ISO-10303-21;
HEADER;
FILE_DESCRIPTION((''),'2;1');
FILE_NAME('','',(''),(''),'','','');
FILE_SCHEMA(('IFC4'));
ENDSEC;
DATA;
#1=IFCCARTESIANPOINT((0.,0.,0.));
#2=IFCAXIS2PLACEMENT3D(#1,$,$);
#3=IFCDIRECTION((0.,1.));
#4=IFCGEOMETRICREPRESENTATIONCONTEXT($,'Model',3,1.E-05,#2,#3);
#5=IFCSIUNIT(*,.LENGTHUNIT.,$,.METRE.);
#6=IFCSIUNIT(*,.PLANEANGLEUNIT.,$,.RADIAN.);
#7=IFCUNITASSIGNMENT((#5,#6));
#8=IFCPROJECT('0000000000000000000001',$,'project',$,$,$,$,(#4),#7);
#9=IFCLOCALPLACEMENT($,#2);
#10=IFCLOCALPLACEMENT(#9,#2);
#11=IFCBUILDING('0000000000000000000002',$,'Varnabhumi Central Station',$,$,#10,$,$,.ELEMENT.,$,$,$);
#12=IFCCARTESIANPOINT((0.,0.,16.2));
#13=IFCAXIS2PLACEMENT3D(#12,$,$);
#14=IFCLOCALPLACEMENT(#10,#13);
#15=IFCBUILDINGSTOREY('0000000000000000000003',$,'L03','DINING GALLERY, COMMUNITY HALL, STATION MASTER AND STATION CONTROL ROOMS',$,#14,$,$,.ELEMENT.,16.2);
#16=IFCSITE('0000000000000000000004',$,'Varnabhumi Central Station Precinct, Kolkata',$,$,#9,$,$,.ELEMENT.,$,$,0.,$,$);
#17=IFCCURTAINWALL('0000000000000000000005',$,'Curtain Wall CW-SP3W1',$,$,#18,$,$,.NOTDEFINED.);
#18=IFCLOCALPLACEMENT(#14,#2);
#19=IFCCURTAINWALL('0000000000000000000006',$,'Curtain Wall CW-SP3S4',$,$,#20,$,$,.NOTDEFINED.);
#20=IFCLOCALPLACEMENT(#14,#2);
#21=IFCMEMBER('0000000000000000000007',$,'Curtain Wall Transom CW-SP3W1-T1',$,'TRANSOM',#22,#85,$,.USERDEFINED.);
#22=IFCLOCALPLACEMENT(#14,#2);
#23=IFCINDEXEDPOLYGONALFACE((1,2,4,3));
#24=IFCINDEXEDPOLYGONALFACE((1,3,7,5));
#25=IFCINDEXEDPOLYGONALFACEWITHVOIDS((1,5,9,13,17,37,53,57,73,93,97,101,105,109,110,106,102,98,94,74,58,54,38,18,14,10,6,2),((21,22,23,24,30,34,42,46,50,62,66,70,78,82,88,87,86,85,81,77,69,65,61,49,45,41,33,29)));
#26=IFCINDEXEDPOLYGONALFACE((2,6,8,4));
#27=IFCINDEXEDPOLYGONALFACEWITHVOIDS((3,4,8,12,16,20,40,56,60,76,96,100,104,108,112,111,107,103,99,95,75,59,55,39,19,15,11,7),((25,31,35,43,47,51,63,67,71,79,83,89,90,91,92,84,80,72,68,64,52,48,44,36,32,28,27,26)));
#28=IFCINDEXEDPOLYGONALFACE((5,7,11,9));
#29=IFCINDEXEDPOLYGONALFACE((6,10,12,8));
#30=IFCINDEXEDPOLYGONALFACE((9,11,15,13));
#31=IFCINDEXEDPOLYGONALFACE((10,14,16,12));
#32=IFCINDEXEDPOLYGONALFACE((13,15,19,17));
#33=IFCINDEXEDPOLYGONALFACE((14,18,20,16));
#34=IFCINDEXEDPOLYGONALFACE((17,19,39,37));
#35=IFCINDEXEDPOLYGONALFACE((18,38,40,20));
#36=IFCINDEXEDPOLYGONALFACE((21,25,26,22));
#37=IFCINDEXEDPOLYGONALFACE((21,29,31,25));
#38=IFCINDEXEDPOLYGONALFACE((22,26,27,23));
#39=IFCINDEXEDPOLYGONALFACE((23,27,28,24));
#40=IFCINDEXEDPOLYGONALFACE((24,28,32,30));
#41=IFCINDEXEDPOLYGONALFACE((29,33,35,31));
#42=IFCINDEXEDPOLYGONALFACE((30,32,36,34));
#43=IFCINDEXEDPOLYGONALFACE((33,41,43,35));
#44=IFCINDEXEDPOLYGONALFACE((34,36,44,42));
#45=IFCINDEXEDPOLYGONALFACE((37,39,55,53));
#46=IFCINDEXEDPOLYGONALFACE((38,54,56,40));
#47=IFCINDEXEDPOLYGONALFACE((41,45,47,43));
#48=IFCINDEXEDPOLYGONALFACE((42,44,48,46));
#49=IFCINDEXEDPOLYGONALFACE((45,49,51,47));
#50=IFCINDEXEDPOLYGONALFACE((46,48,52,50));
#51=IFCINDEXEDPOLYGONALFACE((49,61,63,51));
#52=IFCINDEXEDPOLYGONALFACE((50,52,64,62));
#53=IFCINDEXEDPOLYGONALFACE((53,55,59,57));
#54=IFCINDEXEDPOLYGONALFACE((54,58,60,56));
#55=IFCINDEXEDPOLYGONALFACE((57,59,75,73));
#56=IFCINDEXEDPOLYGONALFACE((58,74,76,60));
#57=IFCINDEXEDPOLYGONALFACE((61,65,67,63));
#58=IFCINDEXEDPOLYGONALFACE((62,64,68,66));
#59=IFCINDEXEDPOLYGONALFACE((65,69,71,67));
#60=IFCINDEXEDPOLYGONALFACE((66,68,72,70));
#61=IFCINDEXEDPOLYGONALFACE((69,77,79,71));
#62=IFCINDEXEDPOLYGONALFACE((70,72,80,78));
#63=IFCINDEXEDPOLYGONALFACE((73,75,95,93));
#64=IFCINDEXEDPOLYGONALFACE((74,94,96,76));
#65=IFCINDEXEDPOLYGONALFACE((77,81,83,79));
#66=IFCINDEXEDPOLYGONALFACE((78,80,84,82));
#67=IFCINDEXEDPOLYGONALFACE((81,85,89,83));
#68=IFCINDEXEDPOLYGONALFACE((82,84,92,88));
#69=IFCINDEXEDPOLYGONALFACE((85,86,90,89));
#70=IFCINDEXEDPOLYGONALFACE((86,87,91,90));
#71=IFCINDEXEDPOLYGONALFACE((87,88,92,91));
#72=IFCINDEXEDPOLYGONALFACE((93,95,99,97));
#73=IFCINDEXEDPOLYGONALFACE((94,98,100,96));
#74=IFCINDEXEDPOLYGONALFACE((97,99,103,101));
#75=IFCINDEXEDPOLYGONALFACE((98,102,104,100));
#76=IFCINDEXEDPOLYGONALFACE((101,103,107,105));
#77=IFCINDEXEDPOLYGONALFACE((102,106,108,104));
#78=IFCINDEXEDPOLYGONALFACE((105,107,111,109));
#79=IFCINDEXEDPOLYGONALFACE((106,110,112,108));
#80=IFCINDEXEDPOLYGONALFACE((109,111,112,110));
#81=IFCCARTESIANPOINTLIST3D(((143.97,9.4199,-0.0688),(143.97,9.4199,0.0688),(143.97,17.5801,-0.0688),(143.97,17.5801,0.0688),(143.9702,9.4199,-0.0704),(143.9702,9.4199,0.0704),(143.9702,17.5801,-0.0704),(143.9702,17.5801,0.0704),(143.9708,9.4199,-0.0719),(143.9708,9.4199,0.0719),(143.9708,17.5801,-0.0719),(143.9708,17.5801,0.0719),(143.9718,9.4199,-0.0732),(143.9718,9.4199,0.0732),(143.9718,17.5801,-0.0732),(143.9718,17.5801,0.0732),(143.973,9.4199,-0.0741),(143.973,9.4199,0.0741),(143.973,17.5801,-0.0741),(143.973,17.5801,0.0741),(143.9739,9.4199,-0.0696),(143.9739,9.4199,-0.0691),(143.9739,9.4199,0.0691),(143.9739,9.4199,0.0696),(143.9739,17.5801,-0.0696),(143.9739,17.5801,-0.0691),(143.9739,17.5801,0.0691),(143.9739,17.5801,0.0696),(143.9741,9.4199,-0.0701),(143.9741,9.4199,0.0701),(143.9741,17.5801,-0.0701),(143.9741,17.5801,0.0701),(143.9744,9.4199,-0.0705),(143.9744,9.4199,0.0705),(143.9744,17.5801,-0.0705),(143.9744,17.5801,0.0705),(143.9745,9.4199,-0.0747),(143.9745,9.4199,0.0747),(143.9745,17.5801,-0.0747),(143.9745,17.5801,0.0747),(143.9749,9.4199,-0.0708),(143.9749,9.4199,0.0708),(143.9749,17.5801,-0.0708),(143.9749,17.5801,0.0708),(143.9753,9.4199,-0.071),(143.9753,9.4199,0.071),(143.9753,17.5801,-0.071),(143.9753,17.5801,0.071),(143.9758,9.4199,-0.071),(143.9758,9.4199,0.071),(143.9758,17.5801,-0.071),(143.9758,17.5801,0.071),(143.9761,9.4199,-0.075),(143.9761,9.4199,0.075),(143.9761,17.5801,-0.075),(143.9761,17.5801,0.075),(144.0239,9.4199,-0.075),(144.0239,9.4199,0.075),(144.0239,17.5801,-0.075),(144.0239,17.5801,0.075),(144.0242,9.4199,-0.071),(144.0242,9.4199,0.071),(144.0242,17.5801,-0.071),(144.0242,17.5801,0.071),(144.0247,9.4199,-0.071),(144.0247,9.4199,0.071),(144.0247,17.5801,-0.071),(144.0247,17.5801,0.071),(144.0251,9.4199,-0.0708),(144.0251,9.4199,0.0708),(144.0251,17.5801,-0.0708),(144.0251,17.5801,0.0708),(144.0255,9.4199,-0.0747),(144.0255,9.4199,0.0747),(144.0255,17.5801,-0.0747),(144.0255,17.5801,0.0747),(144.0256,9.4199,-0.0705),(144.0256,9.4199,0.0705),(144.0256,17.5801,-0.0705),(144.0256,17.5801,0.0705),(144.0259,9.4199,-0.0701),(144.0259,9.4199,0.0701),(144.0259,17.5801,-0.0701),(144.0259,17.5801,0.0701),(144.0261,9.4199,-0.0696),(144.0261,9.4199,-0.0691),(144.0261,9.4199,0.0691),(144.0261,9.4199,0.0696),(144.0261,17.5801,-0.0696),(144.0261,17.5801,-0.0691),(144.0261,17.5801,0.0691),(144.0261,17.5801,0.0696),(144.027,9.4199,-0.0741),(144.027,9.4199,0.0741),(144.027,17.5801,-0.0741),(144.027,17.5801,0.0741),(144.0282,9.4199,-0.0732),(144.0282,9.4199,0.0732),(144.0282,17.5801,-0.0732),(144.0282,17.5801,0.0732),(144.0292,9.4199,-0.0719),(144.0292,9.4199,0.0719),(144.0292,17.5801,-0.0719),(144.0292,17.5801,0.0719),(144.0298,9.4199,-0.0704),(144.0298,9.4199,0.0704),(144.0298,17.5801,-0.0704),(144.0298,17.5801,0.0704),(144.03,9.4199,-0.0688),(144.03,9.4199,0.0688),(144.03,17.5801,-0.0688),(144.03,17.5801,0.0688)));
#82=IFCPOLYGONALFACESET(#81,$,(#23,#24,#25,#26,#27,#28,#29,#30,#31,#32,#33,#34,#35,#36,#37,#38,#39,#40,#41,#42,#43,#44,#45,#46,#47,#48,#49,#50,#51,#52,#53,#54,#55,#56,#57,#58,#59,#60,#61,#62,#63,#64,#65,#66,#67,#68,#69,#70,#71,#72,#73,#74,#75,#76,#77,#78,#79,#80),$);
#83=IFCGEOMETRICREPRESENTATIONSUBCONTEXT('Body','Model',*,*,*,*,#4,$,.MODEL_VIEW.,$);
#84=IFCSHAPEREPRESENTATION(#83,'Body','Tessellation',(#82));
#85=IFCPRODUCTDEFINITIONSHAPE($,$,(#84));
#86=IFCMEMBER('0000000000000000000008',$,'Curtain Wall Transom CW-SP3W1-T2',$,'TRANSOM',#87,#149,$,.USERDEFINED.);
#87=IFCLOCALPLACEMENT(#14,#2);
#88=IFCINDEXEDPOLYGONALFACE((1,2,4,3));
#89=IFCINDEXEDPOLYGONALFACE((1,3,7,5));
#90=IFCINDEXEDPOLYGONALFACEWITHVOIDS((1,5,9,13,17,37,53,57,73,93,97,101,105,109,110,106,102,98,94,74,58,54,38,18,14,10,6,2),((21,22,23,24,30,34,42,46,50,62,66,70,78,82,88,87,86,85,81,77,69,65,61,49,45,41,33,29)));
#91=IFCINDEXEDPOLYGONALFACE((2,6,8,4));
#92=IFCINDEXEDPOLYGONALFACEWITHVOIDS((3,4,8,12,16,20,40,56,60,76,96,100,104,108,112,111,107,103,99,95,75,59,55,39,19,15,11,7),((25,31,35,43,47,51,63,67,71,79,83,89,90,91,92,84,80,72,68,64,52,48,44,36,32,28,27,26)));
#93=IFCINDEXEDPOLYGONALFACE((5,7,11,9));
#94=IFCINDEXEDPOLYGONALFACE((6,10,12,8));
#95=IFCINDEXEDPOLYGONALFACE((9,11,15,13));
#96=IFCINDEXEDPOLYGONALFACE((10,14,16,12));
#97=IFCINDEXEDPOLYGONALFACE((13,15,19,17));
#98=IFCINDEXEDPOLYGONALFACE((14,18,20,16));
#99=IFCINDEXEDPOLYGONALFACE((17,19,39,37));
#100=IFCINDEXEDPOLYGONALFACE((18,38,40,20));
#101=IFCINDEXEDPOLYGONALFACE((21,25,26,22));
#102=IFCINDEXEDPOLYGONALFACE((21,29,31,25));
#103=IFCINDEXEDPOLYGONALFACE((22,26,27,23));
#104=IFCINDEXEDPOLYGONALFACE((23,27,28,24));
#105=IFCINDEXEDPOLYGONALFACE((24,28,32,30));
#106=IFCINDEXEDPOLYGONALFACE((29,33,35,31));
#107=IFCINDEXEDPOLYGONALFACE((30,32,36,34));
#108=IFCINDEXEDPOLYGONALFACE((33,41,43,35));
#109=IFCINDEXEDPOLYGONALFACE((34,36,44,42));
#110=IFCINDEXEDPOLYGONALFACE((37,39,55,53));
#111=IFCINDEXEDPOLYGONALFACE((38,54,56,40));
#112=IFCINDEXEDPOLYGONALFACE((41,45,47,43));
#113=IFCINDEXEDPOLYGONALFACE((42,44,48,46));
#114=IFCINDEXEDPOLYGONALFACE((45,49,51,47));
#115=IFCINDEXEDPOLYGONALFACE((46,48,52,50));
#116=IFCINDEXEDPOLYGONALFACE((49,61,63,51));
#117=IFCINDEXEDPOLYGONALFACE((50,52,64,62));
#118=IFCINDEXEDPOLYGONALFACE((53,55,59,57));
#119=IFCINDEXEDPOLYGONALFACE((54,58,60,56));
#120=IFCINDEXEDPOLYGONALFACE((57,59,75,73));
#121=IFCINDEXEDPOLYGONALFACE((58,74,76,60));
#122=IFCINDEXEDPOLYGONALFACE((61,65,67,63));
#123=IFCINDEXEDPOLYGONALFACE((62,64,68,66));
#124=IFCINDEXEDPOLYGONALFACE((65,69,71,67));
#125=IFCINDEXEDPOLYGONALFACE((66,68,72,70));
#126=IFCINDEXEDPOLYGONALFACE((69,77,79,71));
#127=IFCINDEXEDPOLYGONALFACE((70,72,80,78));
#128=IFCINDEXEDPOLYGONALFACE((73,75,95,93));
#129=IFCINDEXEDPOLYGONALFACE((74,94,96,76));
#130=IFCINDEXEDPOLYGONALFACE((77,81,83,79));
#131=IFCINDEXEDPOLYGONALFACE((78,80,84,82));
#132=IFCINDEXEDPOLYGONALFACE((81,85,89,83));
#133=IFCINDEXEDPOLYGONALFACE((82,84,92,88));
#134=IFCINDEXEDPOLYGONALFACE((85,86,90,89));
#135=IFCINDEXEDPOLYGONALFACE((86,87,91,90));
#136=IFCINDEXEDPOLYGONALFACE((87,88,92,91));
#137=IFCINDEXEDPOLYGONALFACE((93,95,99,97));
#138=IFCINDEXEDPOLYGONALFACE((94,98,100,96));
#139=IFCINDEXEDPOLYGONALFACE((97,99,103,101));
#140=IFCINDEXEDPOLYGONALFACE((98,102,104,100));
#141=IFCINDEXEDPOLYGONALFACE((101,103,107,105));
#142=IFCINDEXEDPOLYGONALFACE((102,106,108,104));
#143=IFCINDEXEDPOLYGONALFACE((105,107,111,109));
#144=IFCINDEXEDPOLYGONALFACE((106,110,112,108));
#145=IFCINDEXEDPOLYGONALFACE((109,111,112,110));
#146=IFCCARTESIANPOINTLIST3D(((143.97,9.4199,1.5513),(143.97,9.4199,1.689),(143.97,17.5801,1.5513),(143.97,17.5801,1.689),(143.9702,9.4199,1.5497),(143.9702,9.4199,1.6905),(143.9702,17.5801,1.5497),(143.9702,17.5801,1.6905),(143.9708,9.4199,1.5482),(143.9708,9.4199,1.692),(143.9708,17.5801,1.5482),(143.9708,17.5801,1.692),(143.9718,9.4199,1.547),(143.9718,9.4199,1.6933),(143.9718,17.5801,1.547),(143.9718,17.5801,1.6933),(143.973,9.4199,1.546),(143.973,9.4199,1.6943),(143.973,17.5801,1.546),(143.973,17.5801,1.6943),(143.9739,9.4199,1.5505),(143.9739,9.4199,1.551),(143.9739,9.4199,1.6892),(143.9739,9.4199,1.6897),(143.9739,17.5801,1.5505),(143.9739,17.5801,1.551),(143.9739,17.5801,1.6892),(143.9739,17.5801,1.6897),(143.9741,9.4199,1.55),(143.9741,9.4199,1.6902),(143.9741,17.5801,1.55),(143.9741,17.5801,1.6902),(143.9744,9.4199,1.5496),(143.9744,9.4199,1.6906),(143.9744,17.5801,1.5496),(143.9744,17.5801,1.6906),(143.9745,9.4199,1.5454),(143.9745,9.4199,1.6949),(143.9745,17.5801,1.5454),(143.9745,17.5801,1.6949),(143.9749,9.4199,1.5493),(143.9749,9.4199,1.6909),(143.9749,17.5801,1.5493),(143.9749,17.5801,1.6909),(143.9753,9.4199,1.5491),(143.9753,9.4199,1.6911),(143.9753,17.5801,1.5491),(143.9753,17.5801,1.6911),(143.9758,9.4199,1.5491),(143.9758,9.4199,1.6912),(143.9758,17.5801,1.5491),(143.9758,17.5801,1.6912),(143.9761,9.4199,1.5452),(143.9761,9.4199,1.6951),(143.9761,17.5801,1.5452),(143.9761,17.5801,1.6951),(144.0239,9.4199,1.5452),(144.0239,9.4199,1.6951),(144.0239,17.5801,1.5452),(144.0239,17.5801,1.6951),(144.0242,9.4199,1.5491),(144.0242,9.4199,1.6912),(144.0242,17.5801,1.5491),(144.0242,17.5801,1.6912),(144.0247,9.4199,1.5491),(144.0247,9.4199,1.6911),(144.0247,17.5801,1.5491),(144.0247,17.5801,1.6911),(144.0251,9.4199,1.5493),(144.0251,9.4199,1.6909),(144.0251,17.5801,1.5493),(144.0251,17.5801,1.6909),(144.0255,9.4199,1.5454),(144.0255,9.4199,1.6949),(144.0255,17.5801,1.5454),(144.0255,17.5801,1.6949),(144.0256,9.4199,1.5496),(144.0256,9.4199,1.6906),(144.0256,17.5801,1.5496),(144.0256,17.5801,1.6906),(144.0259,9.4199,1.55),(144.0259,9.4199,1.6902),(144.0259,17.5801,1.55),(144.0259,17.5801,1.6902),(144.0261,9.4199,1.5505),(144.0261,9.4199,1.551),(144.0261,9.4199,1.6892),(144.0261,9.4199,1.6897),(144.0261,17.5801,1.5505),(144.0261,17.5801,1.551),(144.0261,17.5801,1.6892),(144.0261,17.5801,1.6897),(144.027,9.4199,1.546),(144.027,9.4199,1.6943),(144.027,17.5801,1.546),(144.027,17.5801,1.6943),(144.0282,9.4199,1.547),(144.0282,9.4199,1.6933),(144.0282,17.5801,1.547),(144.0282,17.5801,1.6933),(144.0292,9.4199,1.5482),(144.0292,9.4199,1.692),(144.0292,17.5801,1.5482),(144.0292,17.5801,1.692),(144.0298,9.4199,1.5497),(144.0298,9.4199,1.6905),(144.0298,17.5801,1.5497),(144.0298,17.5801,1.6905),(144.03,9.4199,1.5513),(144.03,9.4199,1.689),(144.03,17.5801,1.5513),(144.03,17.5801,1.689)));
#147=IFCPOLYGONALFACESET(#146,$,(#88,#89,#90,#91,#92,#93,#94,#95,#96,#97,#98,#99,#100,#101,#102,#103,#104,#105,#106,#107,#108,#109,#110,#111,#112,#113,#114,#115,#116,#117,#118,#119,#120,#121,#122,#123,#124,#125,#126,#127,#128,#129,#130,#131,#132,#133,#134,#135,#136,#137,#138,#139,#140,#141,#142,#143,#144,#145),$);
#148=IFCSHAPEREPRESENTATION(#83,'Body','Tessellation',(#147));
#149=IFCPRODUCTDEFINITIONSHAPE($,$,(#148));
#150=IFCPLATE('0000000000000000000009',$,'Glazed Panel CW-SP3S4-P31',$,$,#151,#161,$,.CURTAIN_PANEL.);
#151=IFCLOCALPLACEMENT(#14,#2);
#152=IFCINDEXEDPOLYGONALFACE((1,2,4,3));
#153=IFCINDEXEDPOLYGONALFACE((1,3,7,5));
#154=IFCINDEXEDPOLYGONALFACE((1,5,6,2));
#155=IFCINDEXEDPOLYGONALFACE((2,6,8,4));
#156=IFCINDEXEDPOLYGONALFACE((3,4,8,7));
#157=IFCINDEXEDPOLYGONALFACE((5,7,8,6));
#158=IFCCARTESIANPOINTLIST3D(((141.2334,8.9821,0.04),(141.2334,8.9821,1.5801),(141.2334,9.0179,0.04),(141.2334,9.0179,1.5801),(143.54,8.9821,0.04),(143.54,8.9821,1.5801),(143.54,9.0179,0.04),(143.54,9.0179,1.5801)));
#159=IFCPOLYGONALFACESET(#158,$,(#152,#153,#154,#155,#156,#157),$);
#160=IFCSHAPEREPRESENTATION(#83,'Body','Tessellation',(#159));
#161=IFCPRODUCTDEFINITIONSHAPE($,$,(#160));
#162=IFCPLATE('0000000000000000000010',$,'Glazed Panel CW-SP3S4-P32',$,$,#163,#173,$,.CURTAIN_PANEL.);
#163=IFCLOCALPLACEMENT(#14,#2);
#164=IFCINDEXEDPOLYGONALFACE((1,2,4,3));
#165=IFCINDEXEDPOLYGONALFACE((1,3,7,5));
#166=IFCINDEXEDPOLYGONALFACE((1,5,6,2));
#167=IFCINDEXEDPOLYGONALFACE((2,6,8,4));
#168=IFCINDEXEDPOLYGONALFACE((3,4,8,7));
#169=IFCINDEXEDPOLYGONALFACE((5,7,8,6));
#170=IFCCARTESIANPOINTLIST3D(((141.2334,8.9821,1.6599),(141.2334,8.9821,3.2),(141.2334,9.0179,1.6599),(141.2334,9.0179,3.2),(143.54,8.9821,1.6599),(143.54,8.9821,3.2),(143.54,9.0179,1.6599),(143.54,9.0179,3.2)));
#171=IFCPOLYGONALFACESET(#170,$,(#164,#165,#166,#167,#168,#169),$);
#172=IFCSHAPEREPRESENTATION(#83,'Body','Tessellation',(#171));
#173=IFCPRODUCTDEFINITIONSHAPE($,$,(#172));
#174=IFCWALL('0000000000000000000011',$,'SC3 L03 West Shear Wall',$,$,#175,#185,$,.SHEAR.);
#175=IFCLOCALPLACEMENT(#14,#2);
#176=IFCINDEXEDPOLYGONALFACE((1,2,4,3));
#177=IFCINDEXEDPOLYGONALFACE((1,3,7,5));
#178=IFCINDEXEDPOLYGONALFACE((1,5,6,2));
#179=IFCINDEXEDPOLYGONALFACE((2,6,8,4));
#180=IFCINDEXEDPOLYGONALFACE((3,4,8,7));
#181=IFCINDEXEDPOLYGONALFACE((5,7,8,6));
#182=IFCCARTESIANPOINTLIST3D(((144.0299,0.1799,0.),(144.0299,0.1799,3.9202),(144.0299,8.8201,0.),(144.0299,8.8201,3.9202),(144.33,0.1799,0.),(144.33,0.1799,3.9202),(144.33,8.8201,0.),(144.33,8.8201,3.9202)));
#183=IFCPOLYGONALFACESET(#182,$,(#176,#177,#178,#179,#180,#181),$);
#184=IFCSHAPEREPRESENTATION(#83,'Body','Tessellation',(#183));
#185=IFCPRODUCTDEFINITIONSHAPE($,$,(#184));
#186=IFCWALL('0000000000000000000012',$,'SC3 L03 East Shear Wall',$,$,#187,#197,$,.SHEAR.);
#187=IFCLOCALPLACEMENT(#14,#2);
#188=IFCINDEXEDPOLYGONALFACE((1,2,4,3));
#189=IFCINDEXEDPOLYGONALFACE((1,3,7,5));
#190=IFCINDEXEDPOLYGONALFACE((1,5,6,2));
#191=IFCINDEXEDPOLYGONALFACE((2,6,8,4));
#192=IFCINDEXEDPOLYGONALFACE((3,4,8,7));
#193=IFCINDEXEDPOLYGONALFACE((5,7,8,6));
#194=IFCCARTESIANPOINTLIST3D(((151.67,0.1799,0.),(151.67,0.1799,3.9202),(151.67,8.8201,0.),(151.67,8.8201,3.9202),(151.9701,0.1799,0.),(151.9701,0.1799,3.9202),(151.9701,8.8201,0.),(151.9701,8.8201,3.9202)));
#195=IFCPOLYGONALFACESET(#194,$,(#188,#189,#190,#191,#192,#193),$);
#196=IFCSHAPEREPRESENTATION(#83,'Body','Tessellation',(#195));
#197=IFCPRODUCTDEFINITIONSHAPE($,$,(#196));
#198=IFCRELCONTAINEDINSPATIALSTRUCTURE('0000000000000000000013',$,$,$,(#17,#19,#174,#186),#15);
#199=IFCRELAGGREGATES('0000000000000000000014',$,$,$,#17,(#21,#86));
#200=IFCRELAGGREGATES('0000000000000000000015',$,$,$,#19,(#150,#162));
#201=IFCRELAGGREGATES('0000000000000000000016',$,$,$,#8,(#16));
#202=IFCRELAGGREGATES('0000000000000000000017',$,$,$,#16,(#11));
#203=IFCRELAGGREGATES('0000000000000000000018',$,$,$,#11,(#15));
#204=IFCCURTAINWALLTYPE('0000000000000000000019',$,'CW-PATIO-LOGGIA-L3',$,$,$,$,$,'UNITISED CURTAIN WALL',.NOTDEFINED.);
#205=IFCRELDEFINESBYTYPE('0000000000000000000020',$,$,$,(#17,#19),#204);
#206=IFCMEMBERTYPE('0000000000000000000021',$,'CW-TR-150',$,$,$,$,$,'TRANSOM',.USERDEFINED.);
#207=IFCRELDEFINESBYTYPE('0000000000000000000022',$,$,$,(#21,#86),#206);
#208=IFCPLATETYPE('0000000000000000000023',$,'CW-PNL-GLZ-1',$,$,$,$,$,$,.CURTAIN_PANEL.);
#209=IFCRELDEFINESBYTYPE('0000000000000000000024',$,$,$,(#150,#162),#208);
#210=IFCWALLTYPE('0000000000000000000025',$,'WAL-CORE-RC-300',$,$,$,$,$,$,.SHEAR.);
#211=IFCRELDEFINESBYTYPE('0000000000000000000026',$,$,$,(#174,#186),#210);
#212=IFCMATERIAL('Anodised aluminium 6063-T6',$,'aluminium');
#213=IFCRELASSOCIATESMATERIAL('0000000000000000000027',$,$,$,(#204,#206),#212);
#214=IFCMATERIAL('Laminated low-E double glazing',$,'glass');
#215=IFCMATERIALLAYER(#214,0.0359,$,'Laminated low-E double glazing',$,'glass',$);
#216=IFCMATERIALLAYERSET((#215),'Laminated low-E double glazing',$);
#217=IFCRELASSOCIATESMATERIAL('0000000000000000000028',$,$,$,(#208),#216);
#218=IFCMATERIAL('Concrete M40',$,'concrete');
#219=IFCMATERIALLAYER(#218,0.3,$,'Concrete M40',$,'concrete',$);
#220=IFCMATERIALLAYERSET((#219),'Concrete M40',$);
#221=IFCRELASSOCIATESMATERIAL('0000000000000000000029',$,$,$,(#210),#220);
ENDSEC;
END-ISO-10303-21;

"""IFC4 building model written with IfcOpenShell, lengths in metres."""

from ifc_helpers import new_model, si_unit, direction, frame, frame_2d, origin, origin_2d, place, context, subcontext, project, spatial, rectangle, hollow_rectangle, extrude, material, layer, layer_set, material_profile, profile_set, type_object, element, aggregate, save


model = new_model("IFC4")

# Units and contexts
model_context = context("Model", 3, precision=1e-05, world=origin(), true_north=direction((0.0, 1.0)))
body_context = subcontext(model_context, "Body", "Model", "MODEL_VIEW")
ifc_project = project(units=[si_unit("LENGTHUNIT", "METRE"), si_unit("PLANEANGLEUNIT", "RADIAN")], contexts=[model_context])

# Site, building, storey
site_placement = place(None, origin())
site = spatial("IfcSite", under=ifc_project, at=site_placement, Name="Varnabhumi Central Station Precinct, Kolkata", CompositionType="ELEMENT", RefElevation=0.0)
building_placement = place(site_placement, origin())
building = spatial("IfcBuilding", under=site, at=building_placement, Name="Varnabhumi Central Station", CompositionType="ELEMENT")
storey_placement = place(building_placement, frame((0.0, 0.0, 16.2)))
storey = spatial("IfcBuildingStorey", under=building, at=storey_placement, Name="L03", Description="DINING GALLERY, COMMUNITY HALL, STATION MASTER AND STATION CONTROL ROOMS", CompositionType="ELEMENT", Elevation=16.2)

# Shared definitions
ifc_material_1 = material(Name="Concrete M40", Category="concrete")

# Curtain wall
ifc_material_2 = material(Name="Anodised aluminium 6063-T6", Category="aluminium")
curtain_wall_type = type_object("IfcCurtainWallType", Name="CW-PATIO-LOGGIA-L3", ElementType="UNITISED CURTAIN WALL", PredefinedType="NOTDEFINED", material=ifc_material_2)
curtain_wall_1_placement = place(storey_placement, origin())
curtain_wall_1 = element("IfcCurtainWall", 1, at=curtain_wall_1_placement, inside=storey, type_object=curtain_wall_type, Name="Curtain Wall CW-SP3W1", PredefinedType="NOTDEFINED")

# Curtain wall
curtain_wall_2_placement = place(storey_placement, origin())
curtain_wall_2 = element("IfcCurtainWall", 2, at=curtain_wall_2_placement, inside=storey, type_object=curtain_wall_type, Name="Curtain Wall CW-SP3S4", PredefinedType="NOTDEFINED")

# Members
ifc_material_profile_1 = material_profile(ifc_material_2, hollow_rectangle(XDim=0.0601, YDim=0.1499, WallThickness=0.0039, InnerFilletRadius=0.002, OuterFilletRadius=0.0061, at=origin_2d()), Name="Anodised aluminium 6063-T6", Category="aluminium")
ifc_profile_set_1 = profile_set([ifc_material_profile_1], Name="Anodised aluminium 6063-T6")
member_type_1 = type_object("IfcMemberType", Name="CW-TR-150", ElementType="TRANSOM", PredefinedType="USERDEFINED", material=ifc_profile_set_1)
member_1_placement = place(storey_placement, frame((144.0, 9.4199, 0.0), z_axis=(0.0, 1.0, 0.0), x_axis=(-1.0, 0.0, 0.0)))
member_1 = element("IfcMember", 3, at=member_1_placement, type_object=member_type_1, Name="Curtain Wall Transom CW-SP3W1-T1", ObjectType="TRANSOM", PredefinedType="USERDEFINED", context=body_context, shape_type="SweptSolid", body=[
    extrude(hollow_rectangle(XDim=0.0601, YDim=0.1499, WallThickness=0.0039, InnerFilletRadius=0.002, OuterFilletRadius=0.0061, at=origin_2d()), origin(), (0.0, 0.0, 1.0), 8.1602),
])
member_2_placement = place(storey_placement, frame((144.0, 9.4199, 1.6201), z_axis=(0.0, 1.0, 0.0), x_axis=(-1.0, 0.0, 0.0)))
member_2 = element("IfcMember", 4, at=member_2_placement, type_object=member_type_1, Name="Curtain Wall Transom CW-SP3W1-T2", ObjectType="TRANSOM", PredefinedType="USERDEFINED", context=body_context, shape_type="SweptSolid", body=[
    extrude(hollow_rectangle(XDim=0.0601, YDim=0.1499, WallThickness=0.0039, InnerFilletRadius=0.002, OuterFilletRadius=0.0061, at=origin_2d()), origin(), (0.0, 0.0, 1.0), 8.1602),
])
aggregate(curtain_wall_1, [member_1, member_2])

# Plates
ifc_material_3 = material(Name="Laminated low-E double glazing", Category="glass")
ifc_layer_1 = layer(ifc_material_3, 0.0359, Name="Laminated low-E double glazing", Category="glass")
ifc_layer_set_1 = layer_set([ifc_layer_1], Name="Laminated low-E double glazing")
plate_type = type_object("IfcPlateType", Name="CW-PNL-GLZ-1", PredefinedType="CURTAIN_PANEL", material=ifc_layer_set_1)
plate_1_placement = place(storey_placement, frame((142.3867, 9.0, 0.04), z_axis=(0.0, 0.0, 1.0), x_axis=(1.0, 0.0, 0.0)))
plate_1 = element("IfcPlate", 5, at=plate_1_placement, type_object=plate_type, Name="Glazed Panel CW-SP3S4-P31", PredefinedType="CURTAIN_PANEL", context=body_context, shape_type="SweptSolid", body=[
    extrude(rectangle(XDim=2.3066, YDim=0.0359, at=origin_2d()), origin(), (0.0, 0.0, 1.0), 1.54),
])
plate_2_placement = place(storey_placement, frame((142.3867, 9.0, 1.6599), z_axis=(0.0, 0.0, 1.0), x_axis=(1.0, 0.0, 0.0)))
plate_2 = element("IfcPlate", 6, at=plate_2_placement, type_object=plate_type, Name="Glazed Panel CW-SP3S4-P32", PredefinedType="CURTAIN_PANEL", context=body_context, shape_type="SweptSolid", body=[
    extrude(rectangle(XDim=2.3066, YDim=0.0359, at=origin_2d()), origin(), (0.0, 0.0, 1.0), 1.54),
])
aggregate(curtain_wall_2, [plate_1, plate_2])

# Walls
ifc_layer_2 = layer(ifc_material_1, 0.3, Name="Concrete M40", Category="concrete")
ifc_layer_set_2 = layer_set([ifc_layer_2], Name="Concrete M40")
wall_type_1 = type_object("IfcWallType", Name="WAL-CORE-RC-300", PredefinedType="SHEAR", material=ifc_layer_set_2)
for number, where, z_axis, x_axis, name in (
    (7, (144.1799, 0.1799, 0.0), (0.0, 0.0, 1.0), (0.0, 1.0, 0.0), "SC3 L03 West Shear Wall"),
    (8, (151.8201, 0.1799, 0.0), (0.0, 0.0, 1.0), (0.0, 1.0, 0.0), "SC3 L03 East Shear Wall"),
):
    element("IfcWall", number, at=place(storey_placement, frame(where, z_axis=z_axis, x_axis=x_axis)), inside=storey, type_object=wall_type_1, Name=name, PredefinedType="SHEAR", context=body_context, shape_type="SweptSolid", body=[
        extrude(rectangle(XDim=8.6401, YDim=0.3, at=frame_2d((4.3201, 0.0))), origin(), (0.0, 0.0, 1.0), 3.9202),
    ])

save(model, "model.ifc")
